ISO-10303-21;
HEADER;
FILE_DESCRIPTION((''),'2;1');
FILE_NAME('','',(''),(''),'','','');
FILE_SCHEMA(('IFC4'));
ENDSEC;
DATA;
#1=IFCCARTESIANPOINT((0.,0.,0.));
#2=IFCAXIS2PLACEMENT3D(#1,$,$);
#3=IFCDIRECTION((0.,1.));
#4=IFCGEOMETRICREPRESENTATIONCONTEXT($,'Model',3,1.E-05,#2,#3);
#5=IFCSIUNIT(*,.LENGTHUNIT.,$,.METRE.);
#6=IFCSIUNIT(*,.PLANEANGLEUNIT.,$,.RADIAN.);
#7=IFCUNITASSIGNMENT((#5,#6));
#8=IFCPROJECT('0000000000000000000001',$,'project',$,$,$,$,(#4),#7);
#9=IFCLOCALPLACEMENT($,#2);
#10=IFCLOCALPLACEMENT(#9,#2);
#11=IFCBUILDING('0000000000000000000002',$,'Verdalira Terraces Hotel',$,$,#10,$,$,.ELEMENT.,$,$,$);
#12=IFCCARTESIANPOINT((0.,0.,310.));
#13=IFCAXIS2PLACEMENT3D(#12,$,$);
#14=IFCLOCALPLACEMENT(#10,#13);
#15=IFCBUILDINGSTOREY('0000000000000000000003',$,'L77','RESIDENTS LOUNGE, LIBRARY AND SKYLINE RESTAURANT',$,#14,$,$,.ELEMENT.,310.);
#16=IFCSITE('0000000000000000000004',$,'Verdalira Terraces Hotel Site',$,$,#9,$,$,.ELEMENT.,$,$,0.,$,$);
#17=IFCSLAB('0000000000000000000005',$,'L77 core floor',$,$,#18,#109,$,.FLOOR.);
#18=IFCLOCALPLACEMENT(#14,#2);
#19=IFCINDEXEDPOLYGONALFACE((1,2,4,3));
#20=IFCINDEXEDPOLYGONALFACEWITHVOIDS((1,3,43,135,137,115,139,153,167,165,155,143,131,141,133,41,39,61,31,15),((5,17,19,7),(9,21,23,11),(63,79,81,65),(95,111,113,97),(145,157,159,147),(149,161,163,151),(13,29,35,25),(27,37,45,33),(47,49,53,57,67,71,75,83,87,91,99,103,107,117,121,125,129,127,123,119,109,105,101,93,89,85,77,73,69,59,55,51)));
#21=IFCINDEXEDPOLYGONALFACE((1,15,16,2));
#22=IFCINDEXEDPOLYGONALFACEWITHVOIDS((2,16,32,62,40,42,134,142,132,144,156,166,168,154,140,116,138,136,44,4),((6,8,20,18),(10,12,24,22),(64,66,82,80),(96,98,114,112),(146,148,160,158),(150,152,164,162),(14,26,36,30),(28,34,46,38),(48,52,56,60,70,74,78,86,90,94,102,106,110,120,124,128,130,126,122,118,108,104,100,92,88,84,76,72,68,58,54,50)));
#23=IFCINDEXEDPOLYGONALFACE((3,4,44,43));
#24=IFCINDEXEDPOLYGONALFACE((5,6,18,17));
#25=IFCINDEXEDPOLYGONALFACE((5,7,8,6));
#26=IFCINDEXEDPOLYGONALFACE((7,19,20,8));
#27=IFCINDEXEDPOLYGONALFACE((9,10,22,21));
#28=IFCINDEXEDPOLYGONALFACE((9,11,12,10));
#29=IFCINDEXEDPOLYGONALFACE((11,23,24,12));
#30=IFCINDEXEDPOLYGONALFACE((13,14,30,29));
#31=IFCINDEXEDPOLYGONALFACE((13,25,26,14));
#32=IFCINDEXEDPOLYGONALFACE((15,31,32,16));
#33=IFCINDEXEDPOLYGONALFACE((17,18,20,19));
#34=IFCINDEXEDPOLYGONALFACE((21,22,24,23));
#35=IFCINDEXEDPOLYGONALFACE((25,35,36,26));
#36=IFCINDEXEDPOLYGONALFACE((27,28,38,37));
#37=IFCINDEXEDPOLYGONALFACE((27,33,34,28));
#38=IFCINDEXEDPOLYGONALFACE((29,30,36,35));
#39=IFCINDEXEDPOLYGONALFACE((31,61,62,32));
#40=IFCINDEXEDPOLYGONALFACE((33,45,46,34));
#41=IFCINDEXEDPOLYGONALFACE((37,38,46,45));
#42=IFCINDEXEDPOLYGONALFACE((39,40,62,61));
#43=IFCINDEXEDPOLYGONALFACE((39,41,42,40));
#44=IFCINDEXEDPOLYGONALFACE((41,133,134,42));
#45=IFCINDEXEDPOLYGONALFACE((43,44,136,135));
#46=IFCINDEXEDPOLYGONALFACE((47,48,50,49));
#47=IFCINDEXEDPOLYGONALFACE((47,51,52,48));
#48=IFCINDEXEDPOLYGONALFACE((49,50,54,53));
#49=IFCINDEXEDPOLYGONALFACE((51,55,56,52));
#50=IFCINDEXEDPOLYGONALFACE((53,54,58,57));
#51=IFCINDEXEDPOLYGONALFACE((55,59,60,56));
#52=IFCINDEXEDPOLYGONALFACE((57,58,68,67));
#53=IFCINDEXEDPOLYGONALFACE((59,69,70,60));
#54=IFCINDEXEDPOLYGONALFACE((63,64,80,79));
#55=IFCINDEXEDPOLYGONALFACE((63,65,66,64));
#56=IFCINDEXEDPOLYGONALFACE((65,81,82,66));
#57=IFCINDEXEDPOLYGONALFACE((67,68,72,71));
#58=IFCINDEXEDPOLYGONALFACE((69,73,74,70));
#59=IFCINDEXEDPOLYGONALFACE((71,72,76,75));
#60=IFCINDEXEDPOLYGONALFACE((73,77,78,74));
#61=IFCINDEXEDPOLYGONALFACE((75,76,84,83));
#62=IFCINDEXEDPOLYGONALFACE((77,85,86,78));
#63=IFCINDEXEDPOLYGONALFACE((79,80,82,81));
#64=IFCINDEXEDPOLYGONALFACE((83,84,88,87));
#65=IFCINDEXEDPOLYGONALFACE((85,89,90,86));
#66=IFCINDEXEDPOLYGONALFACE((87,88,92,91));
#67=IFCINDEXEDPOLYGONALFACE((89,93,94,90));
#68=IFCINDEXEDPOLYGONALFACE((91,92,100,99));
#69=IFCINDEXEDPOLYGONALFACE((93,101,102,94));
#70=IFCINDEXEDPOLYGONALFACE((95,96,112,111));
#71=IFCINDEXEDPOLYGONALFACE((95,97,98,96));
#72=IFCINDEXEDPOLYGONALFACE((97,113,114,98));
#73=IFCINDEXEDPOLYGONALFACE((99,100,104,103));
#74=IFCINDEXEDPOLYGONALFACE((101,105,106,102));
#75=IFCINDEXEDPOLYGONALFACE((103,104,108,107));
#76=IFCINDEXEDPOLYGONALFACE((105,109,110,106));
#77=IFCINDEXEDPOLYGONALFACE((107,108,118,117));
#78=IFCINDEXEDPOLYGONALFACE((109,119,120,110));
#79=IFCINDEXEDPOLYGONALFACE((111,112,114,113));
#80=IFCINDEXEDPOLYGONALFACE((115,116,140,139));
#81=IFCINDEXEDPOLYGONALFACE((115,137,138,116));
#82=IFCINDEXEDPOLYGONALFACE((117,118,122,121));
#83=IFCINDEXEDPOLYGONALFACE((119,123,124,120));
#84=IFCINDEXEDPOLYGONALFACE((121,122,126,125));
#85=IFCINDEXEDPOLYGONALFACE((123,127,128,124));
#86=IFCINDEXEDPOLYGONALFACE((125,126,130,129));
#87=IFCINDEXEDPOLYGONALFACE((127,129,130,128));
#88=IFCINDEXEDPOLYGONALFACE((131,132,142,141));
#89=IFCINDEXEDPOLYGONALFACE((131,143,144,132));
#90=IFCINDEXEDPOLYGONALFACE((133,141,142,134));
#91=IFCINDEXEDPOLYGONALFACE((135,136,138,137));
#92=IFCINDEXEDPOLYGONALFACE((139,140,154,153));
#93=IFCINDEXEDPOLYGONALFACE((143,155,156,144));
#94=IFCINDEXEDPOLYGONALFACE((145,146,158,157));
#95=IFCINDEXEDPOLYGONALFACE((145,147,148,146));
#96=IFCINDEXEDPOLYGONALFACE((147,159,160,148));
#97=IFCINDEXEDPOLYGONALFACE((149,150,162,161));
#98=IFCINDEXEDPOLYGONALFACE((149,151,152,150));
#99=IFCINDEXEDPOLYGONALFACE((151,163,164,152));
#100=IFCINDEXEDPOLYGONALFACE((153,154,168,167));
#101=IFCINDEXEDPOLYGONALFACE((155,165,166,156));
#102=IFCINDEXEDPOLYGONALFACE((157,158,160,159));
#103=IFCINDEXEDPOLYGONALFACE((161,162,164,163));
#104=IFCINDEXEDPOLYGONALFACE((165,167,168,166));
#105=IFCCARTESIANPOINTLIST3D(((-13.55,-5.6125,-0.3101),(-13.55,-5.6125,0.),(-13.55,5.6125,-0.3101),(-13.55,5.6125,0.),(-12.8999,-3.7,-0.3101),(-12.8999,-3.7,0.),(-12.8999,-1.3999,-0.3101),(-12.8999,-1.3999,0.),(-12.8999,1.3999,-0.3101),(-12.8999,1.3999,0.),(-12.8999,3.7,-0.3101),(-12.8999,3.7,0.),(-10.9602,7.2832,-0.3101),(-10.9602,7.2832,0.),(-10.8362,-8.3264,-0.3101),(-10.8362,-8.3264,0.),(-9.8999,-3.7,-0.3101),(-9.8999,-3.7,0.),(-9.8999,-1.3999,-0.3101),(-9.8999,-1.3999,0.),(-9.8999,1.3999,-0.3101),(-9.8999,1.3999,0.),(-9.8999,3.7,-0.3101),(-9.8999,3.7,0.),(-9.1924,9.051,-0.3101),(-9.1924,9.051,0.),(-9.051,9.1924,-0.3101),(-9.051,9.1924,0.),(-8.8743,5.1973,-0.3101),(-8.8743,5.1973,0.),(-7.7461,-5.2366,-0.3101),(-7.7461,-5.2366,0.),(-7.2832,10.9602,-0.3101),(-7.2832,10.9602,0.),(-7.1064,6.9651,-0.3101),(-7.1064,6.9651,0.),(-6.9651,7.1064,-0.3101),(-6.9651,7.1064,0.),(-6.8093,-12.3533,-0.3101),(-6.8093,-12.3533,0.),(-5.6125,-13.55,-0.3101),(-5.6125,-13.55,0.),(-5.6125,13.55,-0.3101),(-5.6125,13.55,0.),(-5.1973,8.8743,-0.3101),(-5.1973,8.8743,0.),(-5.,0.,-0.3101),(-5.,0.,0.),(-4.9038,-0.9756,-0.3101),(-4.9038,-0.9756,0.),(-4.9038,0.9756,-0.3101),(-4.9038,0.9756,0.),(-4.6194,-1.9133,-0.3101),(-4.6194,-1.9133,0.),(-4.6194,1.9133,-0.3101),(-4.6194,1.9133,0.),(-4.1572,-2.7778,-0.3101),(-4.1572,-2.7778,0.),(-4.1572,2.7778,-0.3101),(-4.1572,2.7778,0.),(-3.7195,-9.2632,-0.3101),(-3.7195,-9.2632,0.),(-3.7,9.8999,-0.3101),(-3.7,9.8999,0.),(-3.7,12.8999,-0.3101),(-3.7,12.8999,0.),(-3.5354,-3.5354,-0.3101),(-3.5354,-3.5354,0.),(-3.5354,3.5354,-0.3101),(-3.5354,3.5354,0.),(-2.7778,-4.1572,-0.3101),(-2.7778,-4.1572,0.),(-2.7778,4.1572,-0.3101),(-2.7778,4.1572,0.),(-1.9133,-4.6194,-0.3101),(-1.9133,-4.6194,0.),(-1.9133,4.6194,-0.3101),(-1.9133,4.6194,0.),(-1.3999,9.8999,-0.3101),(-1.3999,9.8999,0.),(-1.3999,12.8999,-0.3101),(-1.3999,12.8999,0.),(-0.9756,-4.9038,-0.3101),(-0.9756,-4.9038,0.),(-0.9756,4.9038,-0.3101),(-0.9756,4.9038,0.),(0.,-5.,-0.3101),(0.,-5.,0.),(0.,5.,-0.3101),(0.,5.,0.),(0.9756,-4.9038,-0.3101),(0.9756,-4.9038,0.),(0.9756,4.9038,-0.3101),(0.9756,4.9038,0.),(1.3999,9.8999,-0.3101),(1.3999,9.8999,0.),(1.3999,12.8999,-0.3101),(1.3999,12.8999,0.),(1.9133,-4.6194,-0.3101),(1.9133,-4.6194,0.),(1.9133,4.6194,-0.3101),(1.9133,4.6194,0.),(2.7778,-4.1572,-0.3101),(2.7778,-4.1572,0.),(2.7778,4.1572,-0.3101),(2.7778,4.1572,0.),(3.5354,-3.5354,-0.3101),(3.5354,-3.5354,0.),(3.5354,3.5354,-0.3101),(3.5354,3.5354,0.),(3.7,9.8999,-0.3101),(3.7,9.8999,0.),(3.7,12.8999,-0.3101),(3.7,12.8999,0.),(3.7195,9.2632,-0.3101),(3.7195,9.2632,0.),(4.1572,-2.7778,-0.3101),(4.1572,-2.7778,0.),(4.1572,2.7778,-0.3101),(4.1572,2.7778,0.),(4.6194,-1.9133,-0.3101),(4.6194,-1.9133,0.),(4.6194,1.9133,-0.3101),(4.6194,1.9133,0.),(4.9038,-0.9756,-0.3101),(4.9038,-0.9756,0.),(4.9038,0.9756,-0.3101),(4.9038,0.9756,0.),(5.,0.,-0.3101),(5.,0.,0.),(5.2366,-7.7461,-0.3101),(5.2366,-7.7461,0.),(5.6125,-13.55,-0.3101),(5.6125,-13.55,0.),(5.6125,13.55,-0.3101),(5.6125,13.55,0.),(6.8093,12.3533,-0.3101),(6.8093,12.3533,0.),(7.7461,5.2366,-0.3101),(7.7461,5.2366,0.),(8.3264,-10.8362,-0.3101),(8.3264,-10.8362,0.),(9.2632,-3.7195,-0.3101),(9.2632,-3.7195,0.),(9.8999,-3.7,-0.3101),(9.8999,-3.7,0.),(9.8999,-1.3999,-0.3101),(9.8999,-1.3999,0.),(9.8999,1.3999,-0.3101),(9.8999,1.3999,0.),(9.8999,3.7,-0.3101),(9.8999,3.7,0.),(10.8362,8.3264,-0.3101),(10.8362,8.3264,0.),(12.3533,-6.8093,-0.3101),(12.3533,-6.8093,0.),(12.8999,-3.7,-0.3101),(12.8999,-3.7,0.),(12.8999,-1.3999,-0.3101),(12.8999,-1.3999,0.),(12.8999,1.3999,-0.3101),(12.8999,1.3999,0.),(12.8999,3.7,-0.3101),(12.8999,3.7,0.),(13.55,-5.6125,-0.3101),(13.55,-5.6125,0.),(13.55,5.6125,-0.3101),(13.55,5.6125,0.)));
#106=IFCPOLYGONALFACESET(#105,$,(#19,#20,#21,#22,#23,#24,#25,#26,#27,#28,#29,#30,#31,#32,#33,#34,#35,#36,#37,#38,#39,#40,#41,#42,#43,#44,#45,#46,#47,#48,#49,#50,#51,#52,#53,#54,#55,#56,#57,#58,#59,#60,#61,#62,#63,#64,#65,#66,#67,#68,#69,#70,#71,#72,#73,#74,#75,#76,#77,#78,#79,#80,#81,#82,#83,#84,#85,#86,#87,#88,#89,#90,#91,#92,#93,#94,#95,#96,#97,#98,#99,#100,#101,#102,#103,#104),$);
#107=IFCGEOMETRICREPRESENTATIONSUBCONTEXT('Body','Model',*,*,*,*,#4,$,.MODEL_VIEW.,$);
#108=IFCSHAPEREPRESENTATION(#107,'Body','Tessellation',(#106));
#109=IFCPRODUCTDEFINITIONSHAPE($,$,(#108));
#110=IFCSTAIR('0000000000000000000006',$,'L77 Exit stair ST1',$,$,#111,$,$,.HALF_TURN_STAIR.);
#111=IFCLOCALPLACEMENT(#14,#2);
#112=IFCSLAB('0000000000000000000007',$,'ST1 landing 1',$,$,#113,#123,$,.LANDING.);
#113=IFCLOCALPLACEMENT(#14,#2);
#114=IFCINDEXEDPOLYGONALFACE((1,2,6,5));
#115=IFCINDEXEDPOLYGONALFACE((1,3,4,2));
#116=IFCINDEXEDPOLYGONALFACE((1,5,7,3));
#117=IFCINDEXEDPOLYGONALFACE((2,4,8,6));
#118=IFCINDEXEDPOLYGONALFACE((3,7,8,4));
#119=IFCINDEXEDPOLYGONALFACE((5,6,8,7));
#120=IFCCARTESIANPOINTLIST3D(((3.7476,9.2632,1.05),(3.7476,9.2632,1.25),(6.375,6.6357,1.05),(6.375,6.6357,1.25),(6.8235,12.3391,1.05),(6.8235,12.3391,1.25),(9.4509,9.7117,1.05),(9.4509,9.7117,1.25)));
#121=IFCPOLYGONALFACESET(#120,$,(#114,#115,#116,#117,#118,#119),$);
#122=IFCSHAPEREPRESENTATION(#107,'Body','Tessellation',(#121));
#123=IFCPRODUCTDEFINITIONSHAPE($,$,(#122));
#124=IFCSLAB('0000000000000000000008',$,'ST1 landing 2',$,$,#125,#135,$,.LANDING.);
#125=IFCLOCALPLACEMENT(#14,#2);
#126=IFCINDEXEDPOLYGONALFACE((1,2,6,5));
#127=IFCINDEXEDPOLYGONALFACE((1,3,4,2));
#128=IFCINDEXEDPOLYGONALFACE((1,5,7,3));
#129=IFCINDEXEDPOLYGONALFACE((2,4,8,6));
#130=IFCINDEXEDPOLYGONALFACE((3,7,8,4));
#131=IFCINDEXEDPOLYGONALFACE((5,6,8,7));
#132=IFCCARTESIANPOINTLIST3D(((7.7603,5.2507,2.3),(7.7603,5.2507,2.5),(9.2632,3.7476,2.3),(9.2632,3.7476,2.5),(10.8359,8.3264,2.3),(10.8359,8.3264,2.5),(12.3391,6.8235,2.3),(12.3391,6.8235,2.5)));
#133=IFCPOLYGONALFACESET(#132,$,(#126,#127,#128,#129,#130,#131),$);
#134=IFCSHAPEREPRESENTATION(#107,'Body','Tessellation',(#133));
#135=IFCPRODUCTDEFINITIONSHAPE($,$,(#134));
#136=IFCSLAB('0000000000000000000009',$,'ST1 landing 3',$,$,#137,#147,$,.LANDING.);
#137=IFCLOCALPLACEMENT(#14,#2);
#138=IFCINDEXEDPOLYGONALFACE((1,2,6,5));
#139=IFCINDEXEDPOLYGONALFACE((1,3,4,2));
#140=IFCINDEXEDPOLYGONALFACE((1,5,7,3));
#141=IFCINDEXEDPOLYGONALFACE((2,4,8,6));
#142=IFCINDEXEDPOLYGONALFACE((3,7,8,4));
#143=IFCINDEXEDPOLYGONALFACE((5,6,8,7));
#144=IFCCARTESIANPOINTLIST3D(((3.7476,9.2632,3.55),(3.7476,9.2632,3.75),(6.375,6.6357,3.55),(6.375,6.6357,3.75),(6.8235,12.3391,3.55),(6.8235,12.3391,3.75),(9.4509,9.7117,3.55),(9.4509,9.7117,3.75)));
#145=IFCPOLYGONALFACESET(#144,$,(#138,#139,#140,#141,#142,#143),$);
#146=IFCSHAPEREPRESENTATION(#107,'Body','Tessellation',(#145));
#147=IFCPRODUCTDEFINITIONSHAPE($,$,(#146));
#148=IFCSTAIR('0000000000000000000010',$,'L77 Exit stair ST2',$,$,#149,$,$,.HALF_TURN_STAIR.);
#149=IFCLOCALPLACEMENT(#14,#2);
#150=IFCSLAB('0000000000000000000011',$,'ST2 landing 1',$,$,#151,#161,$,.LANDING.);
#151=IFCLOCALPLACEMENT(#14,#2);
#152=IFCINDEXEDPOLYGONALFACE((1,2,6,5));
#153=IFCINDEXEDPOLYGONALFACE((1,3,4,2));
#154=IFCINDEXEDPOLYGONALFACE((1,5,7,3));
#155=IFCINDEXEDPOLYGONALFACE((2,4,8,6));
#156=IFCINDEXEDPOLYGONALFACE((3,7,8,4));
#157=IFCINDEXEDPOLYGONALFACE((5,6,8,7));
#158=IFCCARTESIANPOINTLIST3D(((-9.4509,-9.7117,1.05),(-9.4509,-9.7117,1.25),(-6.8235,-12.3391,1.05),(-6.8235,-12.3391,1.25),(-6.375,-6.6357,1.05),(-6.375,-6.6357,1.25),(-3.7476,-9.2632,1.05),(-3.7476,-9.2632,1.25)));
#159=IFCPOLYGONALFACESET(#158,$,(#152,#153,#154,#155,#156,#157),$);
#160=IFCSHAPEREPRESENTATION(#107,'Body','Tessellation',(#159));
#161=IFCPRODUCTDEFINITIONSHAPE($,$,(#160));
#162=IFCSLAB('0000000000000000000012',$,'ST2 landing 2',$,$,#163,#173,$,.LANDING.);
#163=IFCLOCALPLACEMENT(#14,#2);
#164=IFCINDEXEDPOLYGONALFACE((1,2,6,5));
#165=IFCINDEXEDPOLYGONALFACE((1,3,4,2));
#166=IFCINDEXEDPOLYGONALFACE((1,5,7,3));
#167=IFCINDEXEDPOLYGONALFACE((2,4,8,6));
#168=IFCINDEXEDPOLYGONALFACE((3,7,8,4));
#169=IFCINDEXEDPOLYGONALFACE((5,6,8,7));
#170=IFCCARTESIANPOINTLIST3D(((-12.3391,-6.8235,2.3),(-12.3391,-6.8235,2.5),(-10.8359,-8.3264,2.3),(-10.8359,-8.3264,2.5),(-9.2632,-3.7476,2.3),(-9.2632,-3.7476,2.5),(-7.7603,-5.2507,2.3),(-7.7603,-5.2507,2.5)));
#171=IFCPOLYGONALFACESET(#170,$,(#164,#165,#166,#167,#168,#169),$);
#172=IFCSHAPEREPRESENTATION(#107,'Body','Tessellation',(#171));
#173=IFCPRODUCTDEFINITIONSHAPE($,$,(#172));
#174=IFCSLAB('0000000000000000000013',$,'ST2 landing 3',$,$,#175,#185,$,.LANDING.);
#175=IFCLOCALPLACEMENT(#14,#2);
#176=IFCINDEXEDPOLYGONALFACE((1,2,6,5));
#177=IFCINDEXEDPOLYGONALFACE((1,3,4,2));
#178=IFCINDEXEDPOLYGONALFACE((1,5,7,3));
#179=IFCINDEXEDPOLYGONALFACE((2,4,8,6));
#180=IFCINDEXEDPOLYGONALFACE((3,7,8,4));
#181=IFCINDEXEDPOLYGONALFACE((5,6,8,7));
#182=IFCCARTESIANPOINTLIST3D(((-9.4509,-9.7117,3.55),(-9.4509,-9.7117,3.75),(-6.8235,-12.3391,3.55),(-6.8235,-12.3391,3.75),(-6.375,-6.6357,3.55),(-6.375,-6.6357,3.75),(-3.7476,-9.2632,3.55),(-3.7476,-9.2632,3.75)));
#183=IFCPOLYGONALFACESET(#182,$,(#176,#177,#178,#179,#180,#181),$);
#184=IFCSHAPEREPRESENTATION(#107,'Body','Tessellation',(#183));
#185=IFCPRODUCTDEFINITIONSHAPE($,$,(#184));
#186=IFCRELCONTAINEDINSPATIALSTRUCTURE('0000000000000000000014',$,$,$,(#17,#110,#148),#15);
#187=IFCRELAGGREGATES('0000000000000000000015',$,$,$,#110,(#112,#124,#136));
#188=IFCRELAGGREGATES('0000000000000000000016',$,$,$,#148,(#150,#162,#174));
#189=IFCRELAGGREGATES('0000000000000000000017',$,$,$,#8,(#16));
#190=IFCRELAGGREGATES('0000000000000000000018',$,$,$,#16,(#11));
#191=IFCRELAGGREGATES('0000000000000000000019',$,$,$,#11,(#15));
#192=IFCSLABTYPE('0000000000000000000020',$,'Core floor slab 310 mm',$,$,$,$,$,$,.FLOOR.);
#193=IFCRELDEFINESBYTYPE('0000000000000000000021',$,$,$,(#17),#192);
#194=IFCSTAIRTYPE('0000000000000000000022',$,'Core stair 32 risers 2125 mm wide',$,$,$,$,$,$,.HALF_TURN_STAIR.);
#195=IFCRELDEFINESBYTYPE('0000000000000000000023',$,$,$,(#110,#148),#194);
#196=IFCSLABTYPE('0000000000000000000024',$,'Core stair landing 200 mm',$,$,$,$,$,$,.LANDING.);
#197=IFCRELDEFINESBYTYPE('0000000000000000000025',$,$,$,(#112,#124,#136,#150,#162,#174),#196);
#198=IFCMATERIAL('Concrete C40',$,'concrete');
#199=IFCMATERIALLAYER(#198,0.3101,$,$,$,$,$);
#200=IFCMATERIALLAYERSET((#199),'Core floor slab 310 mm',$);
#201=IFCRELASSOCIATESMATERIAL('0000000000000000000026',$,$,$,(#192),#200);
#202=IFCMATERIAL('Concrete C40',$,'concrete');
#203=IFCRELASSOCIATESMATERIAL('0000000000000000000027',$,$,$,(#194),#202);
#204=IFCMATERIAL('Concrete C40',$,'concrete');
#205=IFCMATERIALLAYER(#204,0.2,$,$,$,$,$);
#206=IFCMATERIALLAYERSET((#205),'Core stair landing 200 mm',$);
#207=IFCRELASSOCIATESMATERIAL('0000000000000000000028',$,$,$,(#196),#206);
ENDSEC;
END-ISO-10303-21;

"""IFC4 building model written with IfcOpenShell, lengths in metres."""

from ifc_helpers import new_model, si_unit, direction, frame, origin, place, context, subcontext, project, spatial, polyline, outline, extrude, material, layer, layer_set, type_object, element, aggregate, save


model = new_model("IFC4")

# Units and contexts
model_context = context("Model", 3, precision=1e-05, world=origin(), true_north=direction((0.0, 1.0)))
body_context = subcontext(model_context, "Body", "Model", "MODEL_VIEW")
ifc_project = project(units=[si_unit("LENGTHUNIT", "METRE"), si_unit("PLANEANGLEUNIT", "RADIAN")], contexts=[model_context])

# Site, building, storey
site_placement = place(None, origin())
site = spatial("IfcSite", under=ifc_project, at=site_placement, Name="Verdalira Terraces Hotel Site", CompositionType="ELEMENT", RefElevation=0.0)
building_placement = place(site_placement, origin())
building = spatial("IfcBuilding", under=site, at=building_placement, Name="Verdalira Terraces Hotel", CompositionType="ELEMENT")
storey_placement = place(building_placement, frame((0.0, 0.0, 310.0)))
storey = spatial("IfcBuildingStorey", under=building, at=storey_placement, Name="L77", Description="RESIDENTS LOUNGE, LIBRARY AND SKYLINE RESTAURANT", CompositionType="ELEMENT", Elevation=310.0)

# Slab
ifc_material_1 = material(Name="Concrete C40", Category="concrete")
ifc_layer_1 = layer(ifc_material_1, 0.3101)
ifc_layer_set_1 = layer_set([ifc_layer_1], Name="Core floor slab 310 mm")
slab_type_1 = type_object("IfcSlabType", Name="Core floor slab 310 mm", PredefinedType="FLOOR", material=ifc_layer_set_1)
slab_1_placement = place(storey_placement, frame((0.0, 0.0, -0.3101)))
element("IfcSlab", 1, at=slab_1_placement, inside=storey, type_object=slab_type_1, Name="L77 core floor", PredefinedType="FLOOR", context=body_context, shape_type="SweptSolid", body=[
    extrude(outline(polyline([(-6.8093, -12.3533), (-3.7195, -9.2632), (-7.7461, -5.2366), (-10.8362, -8.3264), (-13.55, -5.6125), (-13.55, 5.6125), (-5.6125, 13.55), (5.6125, 13.55), (6.8093, 12.3533), (3.7195, 9.2632), (7.7461, 5.2366), (10.8362, 8.3264), (13.55, 5.6125), (13.55, -5.6125), (12.3533, -6.8093), (9.2632, -3.7195), (5.2366, -7.7461), (8.3264, -10.8362), (5.6125, -13.55), (-5.6125, -13.55), (-6.8093, -12.3533)]), holes=[polyline([(9.8999, -1.3999), (9.8999, -3.7), (12.8999, -3.7), (12.8999, -1.3999), (9.8999, -1.3999)]), polyline([(9.8999, 3.7), (9.8999, 1.3999), (12.8999, 1.3999), (12.8999, 3.7), (9.8999, 3.7)]), polyline([(3.7, 12.8999), (1.3999, 12.8999), (1.3999, 9.8999), (3.7, 9.8999), (3.7, 12.8999)]), polyline([(-1.3999, 12.8999), (-3.7, 12.8999), (-3.7, 9.8999), (-1.3999, 9.8999), (-1.3999, 12.8999)]), polyline([(-9.8999, 1.3999), (-9.8999, 3.7), (-12.8999, 3.7), (-12.8999, 1.3999), (-9.8999, 1.3999)]), polyline([(-9.8999, -3.7), (-9.8999, -1.3999), (-12.8999, -1.3999), (-12.8999, -3.7), (-9.8999, -3.7)]), polyline([(-9.051, 9.1924), (-6.9651, 7.1064), (-5.1973, 8.8743), (-7.2832, 10.9602), (-9.051, 9.1924)]), polyline([(-9.1924, 9.051), (-10.9602, 7.2832), (-8.8743, 5.1973), (-7.1064, 6.9651), (-9.1924, 9.051)]), polyline([(3.5354, 3.5354), (2.7778, 4.1572), (1.9133, 4.6194), (0.9756, 4.9038), (0.0, 5.0), (-0.9756, 4.9038), (-1.9133, 4.6194), (-2.7778, 4.1572), (-3.5354, 3.5354), (-4.1572, 2.7778), (-4.6194, 1.9133), (-4.9038, 0.9756), (-5.0, 0.0), (-4.9038, -0.9756), (-4.6194, -1.9133), (-4.1572, -2.7778), (-3.5354, -3.5354), (-2.7778, -4.1572), (-1.9133, -4.6194), (-0.9756, -4.9038), (0.0, -5.0), (0.9756, -4.9038), (1.9133, -4.6194), (2.7778, -4.1572), (3.5354, -3.5354), (4.1572, -2.7778), (4.6194, -1.9133), (4.9038, -0.9756), (5.0, 0.0), (4.9038, 0.9756), (4.6194, 1.9133), (4.1572, 2.7778), (3.5354, 3.5354)])]), origin(), (0.0, 0.0, 1.0), 0.3101),
])

# Stairs, slabs
ifc_material_2 = material(Name="Concrete C40", Category="concrete")
stair_type = type_object("IfcStairType", Name="Core stair 32 risers 2125 mm wide", PredefinedType="HALF_TURN_STAIR", material=ifc_material_2)
stair_1_placement = place(storey_placement, origin())
stair_1 = element("IfcStair", 2, at=stair_1_placement, inside=storey, type_object=stair_type, Name="L77 Exit stair ST1", PredefinedType="HALF_TURN_STAIR")
ifc_material_3 = material(Name="Concrete C40", Category="concrete")
ifc_layer_2 = layer(ifc_material_3, 0.2)
ifc_layer_set_2 = layer_set([ifc_layer_2], Name="Core stair landing 200 mm")
slab_type_2 = type_object("IfcSlabType", Name="Core stair landing 200 mm", PredefinedType="LANDING", material=ifc_layer_set_2)
slab_2_placement = place(storey_placement, frame((0.0, 0.0, 1.05)))
slab_2 = element("IfcSlab", 3, at=slab_2_placement, type_object=slab_type_2, Name="ST1 landing 1", PredefinedType="LANDING", context=body_context, shape_type="SweptSolid", body=[
    extrude(outline(polyline([(9.4509, 9.7117), (6.8235, 12.3391), (3.7476, 9.2632), (6.375, 6.6357), (9.4509, 9.7117)])), origin(), (0.0, 0.0, 1.0), 0.2),
])
slab_3_placement = place(storey_placement, frame((0.0, 0.0, 2.3)))
slab_3 = element("IfcSlab", 4, at=slab_3_placement, type_object=slab_type_2, Name="ST1 landing 2", PredefinedType="LANDING", context=body_context, shape_type="SweptSolid", body=[
    extrude(outline(polyline([(12.3391, 6.8235), (10.8359, 8.3264), (7.7603, 5.2507), (9.2632, 3.7476), (12.3391, 6.8235)])), origin(), (0.0, 0.0, 1.0), 0.2),
])
slab_4_placement = place(storey_placement, frame((0.0, 0.0, 3.55)))
slab_4 = element("IfcSlab", 5, at=slab_4_placement, type_object=slab_type_2, Name="ST1 landing 3", PredefinedType="LANDING", context=body_context, shape_type="SweptSolid", body=[
    extrude(outline(polyline([(9.4509, 9.7117), (6.8235, 12.3391), (3.7476, 9.2632), (6.375, 6.6357), (9.4509, 9.7117)])), origin(), (0.0, 0.0, 1.0), 0.2),
])
aggregate(stair_1, [slab_2, slab_3, slab_4])
stair_2_placement = place(storey_placement, origin())
stair_2 = element("IfcStair", 6, at=stair_2_placement, inside=storey, type_object=stair_type, Name="L77 Exit stair ST2", PredefinedType="HALF_TURN_STAIR")
slab_5_placement = place(storey_placement, frame((0.0, 0.0, 1.05)))
slab_5 = element("IfcSlab", 7, at=slab_5_placement, type_object=slab_type_2, Name="ST2 landing 1", PredefinedType="LANDING", context=body_context, shape_type="SweptSolid", body=[
    extrude(outline(polyline([(-9.4509, -9.7117), (-6.8235, -12.3391), (-3.7476, -9.2632), (-6.375, -6.6357), (-9.4509, -9.7117)])), origin(), (0.0, 0.0, 1.0), 0.2),
])
slab_6_placement = place(storey_placement, frame((0.0, 0.0, 2.3)))
slab_6 = element("IfcSlab", 8, at=slab_6_placement, type_object=slab_type_2, Name="ST2 landing 2", PredefinedType="LANDING", context=body_context, shape_type="SweptSolid", body=[
    extrude(outline(polyline([(-12.3391, -6.8235), (-10.8359, -8.3264), (-7.7603, -5.2507), (-9.2632, -3.7476), (-12.3391, -6.8235)])), origin(), (0.0, 0.0, 1.0), 0.2),
])
slab_7_placement = place(storey_placement, frame((0.0, 0.0, 3.55)))
slab_7 = element("IfcSlab", 9, at=slab_7_placement, type_object=slab_type_2, Name="ST2 landing 3", PredefinedType="LANDING", context=body_context, shape_type="SweptSolid", body=[
    extrude(outline(polyline([(-9.4509, -9.7117), (-6.8235, -12.3391), (-3.7476, -9.2632), (-6.375, -6.6357), (-9.4509, -9.7117)])), origin(), (0.0, 0.0, 1.0), 0.2),
])
aggregate(stair_2, [slab_5, slab_6, slab_7])

save(model, "model.ifc")
